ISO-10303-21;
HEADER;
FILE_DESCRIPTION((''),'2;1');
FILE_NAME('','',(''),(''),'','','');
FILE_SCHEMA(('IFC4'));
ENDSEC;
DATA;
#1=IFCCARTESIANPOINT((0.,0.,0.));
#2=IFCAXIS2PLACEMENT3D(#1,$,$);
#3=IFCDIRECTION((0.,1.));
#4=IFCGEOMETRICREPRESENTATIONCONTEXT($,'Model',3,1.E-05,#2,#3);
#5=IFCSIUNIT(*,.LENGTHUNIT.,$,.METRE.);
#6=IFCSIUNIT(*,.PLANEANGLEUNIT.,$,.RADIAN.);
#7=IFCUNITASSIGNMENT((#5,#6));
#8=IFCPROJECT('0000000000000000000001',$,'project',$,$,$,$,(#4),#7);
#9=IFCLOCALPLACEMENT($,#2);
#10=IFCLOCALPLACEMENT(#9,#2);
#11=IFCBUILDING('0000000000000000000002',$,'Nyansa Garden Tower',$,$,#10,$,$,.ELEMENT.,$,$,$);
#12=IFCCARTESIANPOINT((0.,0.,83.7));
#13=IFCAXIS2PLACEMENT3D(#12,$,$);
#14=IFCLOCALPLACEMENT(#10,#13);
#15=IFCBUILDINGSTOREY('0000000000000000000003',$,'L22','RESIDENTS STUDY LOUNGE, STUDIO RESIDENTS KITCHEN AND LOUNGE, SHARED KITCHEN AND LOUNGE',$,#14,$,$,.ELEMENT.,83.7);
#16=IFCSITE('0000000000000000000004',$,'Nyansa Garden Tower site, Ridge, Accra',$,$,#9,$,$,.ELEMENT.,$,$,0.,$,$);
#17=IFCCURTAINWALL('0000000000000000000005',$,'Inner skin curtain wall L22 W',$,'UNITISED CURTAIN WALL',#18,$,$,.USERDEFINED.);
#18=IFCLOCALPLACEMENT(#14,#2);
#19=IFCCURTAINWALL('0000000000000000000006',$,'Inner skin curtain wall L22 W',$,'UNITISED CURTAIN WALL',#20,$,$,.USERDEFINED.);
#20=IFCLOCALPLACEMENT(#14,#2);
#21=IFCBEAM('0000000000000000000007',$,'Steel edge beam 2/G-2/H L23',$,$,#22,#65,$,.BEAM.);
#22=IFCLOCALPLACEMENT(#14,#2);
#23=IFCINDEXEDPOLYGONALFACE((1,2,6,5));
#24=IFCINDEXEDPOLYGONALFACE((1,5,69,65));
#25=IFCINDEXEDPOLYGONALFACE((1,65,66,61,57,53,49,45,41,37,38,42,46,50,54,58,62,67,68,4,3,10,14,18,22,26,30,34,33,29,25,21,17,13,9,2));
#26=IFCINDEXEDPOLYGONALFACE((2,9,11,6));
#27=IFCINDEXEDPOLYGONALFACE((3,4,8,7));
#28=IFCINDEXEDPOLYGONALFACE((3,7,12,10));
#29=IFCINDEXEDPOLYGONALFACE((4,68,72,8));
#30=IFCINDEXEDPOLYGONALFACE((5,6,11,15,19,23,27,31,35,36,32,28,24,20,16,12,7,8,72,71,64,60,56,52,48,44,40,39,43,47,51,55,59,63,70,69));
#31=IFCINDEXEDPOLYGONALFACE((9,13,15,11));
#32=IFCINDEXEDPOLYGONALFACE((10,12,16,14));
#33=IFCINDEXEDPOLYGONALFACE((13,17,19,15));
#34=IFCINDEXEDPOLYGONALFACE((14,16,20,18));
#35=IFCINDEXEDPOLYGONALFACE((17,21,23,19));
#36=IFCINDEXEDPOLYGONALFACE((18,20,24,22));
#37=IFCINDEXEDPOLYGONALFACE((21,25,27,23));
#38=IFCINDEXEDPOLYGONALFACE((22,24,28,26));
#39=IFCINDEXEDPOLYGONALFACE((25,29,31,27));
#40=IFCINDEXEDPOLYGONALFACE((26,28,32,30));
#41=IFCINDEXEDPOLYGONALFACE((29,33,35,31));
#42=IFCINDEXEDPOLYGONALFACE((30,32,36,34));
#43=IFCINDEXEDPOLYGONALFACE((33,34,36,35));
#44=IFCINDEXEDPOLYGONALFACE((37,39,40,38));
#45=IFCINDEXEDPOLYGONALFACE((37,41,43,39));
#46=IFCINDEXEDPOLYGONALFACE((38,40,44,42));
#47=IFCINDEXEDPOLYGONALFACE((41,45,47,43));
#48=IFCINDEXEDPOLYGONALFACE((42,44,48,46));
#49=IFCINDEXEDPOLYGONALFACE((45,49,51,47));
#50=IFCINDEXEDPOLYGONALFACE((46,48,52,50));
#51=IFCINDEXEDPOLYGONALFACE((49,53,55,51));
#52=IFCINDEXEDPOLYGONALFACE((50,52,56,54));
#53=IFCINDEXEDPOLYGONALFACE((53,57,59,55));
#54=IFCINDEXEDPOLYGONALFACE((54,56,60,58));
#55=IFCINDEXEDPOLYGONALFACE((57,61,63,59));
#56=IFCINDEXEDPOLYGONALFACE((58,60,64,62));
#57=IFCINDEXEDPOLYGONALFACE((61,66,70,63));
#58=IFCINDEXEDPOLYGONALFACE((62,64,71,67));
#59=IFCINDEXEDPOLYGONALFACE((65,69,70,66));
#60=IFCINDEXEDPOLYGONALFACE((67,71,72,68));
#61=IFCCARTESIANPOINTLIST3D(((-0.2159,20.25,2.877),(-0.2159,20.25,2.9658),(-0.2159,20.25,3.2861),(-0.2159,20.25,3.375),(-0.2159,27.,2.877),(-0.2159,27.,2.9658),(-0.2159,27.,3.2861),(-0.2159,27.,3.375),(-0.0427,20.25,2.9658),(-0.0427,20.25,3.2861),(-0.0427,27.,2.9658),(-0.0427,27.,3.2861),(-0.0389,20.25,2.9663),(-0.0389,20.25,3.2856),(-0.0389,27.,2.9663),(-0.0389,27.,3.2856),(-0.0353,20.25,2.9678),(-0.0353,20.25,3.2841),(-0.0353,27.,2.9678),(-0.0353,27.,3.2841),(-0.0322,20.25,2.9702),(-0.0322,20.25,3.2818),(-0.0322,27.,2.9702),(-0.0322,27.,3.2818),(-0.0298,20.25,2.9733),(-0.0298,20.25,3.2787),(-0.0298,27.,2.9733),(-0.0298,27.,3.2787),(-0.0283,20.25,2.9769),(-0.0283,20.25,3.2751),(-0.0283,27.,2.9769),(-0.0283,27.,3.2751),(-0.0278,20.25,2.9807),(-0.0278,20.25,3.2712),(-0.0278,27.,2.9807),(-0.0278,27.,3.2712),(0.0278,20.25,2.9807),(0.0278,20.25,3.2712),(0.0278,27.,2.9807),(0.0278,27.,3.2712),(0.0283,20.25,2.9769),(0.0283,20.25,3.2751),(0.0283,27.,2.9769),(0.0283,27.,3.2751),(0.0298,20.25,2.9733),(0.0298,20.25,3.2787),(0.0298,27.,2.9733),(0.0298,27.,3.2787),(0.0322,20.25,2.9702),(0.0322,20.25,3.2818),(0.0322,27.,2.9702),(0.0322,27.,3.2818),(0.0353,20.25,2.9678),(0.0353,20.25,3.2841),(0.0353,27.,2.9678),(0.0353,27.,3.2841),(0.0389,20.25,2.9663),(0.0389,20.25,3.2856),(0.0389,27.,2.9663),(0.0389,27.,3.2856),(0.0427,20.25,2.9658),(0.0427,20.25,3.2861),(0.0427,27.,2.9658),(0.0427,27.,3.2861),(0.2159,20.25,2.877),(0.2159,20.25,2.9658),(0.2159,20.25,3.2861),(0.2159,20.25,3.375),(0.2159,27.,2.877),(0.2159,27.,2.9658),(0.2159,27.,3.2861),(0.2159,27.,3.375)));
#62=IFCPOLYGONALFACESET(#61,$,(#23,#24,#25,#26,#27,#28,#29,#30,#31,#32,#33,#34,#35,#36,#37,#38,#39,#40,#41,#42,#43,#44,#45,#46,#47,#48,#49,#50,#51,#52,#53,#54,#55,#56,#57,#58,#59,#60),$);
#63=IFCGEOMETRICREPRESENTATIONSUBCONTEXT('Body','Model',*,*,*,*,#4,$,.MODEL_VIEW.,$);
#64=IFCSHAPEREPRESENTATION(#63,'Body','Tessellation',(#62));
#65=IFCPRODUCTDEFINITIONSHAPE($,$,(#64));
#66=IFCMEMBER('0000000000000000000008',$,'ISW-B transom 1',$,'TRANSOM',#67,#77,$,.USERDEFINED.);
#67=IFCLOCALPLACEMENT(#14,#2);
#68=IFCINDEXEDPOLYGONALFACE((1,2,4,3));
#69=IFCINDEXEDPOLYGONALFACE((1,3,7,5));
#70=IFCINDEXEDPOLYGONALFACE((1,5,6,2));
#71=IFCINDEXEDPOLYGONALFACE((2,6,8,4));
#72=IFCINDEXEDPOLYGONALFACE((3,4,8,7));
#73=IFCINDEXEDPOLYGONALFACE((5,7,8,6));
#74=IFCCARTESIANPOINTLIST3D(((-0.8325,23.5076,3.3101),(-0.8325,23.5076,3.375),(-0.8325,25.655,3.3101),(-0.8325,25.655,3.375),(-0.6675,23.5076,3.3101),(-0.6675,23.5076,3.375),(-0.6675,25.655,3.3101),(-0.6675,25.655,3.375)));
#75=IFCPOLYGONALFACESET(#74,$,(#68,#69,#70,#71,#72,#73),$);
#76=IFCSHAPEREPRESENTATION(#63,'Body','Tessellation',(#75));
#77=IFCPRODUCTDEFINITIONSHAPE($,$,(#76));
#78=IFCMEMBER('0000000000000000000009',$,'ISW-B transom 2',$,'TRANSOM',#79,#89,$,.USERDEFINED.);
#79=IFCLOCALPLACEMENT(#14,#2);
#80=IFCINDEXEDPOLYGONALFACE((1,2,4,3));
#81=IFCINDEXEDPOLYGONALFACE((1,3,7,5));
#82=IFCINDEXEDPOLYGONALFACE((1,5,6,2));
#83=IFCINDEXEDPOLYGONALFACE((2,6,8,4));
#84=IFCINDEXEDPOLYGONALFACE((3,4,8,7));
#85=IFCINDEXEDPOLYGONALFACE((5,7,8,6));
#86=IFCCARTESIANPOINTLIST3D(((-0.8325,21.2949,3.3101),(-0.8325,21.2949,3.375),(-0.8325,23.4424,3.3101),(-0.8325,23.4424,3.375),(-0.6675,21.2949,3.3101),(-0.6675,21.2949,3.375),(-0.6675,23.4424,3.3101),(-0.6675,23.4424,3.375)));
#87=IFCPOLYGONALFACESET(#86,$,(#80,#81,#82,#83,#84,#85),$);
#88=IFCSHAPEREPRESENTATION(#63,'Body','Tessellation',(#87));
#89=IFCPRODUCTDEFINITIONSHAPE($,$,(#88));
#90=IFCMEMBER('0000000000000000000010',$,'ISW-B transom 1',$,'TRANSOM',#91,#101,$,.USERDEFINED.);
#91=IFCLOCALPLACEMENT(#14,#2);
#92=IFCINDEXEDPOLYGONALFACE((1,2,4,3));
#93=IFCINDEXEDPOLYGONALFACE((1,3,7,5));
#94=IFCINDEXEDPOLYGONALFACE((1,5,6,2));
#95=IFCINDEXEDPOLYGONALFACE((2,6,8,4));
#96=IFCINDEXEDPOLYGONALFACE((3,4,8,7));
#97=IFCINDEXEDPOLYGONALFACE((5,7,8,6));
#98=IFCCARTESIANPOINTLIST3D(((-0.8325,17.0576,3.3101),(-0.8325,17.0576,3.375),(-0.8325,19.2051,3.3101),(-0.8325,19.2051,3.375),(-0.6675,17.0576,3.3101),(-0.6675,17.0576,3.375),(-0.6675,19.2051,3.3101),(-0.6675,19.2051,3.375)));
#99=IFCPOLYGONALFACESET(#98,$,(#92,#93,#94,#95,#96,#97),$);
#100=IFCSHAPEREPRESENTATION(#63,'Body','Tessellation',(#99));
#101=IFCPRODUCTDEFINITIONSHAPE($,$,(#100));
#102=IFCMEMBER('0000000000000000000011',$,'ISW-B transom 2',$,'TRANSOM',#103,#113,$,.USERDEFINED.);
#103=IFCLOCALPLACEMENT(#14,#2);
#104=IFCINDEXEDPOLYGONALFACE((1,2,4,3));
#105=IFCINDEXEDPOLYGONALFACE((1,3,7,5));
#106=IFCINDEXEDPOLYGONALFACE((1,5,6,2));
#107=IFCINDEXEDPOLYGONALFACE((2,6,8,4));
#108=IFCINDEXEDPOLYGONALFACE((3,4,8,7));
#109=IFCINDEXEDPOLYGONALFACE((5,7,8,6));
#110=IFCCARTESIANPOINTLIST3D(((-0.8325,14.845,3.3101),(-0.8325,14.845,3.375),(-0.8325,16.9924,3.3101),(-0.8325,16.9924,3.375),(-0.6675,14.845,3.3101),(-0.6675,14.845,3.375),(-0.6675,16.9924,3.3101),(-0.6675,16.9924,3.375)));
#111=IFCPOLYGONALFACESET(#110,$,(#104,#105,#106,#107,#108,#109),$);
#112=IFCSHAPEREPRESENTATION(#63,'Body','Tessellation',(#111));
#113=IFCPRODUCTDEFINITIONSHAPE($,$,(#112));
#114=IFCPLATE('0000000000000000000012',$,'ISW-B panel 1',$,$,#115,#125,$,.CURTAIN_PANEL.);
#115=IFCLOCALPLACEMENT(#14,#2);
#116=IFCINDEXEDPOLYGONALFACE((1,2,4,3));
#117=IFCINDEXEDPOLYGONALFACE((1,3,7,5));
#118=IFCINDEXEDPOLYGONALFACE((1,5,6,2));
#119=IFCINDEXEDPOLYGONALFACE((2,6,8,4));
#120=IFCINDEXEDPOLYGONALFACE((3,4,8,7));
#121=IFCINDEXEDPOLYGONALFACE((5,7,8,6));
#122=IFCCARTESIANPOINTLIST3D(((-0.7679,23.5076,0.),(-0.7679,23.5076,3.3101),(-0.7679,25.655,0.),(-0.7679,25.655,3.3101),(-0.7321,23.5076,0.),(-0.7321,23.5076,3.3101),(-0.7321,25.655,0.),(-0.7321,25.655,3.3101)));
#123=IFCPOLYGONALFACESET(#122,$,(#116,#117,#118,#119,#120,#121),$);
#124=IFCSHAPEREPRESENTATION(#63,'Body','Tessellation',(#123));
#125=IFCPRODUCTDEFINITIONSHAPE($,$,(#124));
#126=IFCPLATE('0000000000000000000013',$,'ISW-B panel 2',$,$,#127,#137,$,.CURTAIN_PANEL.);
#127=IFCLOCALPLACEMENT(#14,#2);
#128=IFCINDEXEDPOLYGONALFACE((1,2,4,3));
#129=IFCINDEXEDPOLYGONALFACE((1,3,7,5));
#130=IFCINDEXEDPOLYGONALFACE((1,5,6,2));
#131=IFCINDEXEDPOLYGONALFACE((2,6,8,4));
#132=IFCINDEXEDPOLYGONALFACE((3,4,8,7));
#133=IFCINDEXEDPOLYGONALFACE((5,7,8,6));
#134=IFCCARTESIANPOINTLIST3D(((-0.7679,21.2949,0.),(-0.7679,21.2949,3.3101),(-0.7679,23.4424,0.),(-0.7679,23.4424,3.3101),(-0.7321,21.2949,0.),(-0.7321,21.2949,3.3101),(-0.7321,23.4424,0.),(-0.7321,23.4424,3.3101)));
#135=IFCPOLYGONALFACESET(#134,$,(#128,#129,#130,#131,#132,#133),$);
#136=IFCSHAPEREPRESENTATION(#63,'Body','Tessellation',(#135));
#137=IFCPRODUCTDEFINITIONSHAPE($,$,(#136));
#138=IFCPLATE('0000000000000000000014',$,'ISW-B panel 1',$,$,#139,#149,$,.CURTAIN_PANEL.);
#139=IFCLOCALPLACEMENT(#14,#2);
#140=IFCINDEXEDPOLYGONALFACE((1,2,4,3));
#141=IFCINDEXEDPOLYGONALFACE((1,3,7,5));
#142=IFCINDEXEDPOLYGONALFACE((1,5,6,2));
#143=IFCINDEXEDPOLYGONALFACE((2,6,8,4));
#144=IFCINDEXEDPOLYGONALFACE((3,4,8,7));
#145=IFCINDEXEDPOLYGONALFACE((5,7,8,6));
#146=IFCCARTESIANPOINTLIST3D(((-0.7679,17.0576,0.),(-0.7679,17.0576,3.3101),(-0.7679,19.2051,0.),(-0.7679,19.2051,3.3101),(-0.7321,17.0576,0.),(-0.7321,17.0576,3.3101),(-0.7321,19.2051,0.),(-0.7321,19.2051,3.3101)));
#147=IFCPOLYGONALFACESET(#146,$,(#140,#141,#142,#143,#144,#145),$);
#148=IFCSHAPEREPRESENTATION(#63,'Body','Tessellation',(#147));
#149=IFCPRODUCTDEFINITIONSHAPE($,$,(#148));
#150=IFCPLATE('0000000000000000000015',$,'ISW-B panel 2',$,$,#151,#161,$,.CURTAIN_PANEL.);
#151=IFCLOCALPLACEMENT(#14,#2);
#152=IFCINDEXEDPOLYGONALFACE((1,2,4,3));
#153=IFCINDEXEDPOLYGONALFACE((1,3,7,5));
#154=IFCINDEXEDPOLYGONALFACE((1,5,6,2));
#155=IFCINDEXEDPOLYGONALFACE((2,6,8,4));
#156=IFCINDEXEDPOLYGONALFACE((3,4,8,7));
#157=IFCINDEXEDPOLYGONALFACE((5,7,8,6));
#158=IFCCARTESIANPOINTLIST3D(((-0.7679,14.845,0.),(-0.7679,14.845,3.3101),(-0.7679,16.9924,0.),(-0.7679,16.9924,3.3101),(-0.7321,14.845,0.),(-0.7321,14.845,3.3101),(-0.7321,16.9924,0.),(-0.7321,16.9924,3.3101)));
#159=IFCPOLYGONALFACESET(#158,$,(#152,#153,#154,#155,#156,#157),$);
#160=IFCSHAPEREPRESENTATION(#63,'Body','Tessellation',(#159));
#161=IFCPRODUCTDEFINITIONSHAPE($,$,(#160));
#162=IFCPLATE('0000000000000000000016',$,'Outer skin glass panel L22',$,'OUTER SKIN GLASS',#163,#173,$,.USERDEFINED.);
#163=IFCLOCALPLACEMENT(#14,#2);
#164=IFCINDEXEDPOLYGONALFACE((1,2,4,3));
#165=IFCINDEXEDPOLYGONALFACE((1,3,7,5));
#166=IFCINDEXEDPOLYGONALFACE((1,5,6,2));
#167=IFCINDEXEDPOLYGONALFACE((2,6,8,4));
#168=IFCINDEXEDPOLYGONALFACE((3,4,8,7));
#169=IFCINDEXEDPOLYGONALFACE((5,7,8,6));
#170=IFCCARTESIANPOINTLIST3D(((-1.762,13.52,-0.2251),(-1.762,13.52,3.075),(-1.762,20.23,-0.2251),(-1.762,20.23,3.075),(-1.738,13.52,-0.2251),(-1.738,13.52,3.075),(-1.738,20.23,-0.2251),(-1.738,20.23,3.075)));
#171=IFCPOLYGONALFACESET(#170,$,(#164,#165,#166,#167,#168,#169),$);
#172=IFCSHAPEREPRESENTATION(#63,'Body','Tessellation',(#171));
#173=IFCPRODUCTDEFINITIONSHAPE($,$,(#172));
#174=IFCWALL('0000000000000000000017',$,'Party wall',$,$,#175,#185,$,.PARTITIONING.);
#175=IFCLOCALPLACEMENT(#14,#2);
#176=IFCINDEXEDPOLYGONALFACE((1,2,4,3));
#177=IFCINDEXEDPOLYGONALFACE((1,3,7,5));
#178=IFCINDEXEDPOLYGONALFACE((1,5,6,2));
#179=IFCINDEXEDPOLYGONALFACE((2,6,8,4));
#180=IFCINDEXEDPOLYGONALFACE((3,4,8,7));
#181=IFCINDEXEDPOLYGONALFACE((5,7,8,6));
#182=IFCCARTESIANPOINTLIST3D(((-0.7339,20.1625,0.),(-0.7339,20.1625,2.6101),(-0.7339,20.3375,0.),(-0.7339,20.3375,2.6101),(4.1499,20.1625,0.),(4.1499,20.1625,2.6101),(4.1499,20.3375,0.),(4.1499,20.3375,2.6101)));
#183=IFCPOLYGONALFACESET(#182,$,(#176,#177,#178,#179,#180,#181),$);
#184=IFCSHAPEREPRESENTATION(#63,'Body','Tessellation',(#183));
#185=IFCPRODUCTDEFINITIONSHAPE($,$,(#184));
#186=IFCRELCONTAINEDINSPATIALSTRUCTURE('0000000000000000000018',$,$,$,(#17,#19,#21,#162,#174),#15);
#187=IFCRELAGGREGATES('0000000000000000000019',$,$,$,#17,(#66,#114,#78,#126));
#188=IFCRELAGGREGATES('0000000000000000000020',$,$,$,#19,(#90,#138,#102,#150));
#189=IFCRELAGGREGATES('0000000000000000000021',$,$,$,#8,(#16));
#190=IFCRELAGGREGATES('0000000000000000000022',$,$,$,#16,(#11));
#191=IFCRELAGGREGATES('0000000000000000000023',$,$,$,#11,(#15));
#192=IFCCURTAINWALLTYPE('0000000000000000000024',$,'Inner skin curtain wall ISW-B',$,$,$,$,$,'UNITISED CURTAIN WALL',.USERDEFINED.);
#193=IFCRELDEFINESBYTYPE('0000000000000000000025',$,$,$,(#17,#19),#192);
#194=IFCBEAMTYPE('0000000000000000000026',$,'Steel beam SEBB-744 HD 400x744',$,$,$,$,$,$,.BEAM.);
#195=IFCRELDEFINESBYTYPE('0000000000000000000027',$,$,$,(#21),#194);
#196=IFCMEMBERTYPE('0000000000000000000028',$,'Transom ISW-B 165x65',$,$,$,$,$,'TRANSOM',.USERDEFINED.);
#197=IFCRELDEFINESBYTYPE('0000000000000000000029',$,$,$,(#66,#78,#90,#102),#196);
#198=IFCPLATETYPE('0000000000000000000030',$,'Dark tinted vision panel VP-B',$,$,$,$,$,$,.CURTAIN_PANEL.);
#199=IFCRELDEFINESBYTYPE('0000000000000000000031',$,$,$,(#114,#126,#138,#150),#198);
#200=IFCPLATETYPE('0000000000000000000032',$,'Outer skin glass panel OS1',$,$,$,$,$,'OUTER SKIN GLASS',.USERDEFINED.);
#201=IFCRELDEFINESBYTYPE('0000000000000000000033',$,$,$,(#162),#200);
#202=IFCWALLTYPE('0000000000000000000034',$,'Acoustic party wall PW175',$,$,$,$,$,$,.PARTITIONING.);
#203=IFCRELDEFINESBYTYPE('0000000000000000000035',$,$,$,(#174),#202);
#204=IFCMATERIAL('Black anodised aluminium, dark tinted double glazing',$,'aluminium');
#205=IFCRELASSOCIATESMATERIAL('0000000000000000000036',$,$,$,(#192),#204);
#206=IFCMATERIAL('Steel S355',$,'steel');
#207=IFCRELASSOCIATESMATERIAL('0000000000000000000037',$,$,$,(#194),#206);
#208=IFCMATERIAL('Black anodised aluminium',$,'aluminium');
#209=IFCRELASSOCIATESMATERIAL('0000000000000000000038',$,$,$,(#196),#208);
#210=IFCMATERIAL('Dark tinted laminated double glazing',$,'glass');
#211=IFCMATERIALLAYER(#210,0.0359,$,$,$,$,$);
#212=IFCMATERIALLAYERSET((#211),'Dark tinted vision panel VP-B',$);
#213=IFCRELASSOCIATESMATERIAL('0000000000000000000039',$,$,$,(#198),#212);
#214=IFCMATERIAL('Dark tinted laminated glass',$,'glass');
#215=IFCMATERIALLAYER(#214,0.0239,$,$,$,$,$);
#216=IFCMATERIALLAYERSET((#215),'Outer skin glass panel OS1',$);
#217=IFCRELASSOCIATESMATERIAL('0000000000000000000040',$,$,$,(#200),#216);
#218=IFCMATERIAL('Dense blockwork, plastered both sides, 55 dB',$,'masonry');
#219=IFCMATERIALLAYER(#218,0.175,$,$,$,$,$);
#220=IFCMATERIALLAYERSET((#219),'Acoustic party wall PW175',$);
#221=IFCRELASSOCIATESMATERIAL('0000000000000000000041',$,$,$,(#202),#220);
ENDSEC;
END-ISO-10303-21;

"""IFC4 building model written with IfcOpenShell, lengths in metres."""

from ifc_helpers import new_model, si_unit, direction, frame, frame_2d, origin, origin_2d, place, context, subcontext, project, spatial, rectangle, i_section, extrude, material, layer, layer_set, material_profile, profile_set, type_object, element, aggregate, save


model = new_model("IFC4")

# Units and contexts
model_context = context("Model", 3, precision=1e-05, world=origin(), true_north=direction((0.0, 1.0)))
body_context = subcontext(model_context, "Body", "Model", "MODEL_VIEW")
ifc_project = project(units=[si_unit("LENGTHUNIT", "METRE"), si_unit("PLANEANGLEUNIT", "RADIAN")], contexts=[model_context])

# Site, building, storey
site_placement = place(None, origin())
site = spatial("IfcSite", under=ifc_project, at=site_placement, Name="Nyansa Garden Tower site, Ridge, Accra", CompositionType="ELEMENT", RefElevation=0.0)
building_placement = place(site_placement, origin())
building = spatial("IfcBuilding", under=site, at=building_placement, Name="Nyansa Garden Tower", CompositionType="ELEMENT")
storey_placement = place(building_placement, frame((0.0, 0.0, 83.7)))
storey = spatial("IfcBuildingStorey", under=building, at=storey_placement, Name="L22", Description="RESIDENTS STUDY LOUNGE, STUDIO RESIDENTS KITCHEN AND LOUNGE, SHARED KITCHEN AND LOUNGE", CompositionType="ELEMENT", Elevation=83.7)

# Curtain walls
ifc_material_1 = material(Name="Black anodised aluminium, dark tinted double glazing", Category="aluminium")
curtain_wall_type = type_object("IfcCurtainWallType", Name="Inner skin curtain wall ISW-B", ElementType="UNITISED CURTAIN WALL", PredefinedType="USERDEFINED", material=ifc_material_1)
curtain_wall_1_placement = place(storey_placement, origin())
curtain_wall_1 = element("IfcCurtainWall", 1, at=curtain_wall_1_placement, inside=storey, type_object=curtain_wall_type, Name="Inner skin curtain wall L22 W", ObjectType="UNITISED CURTAIN WALL", PredefinedType="USERDEFINED")
curtain_wall_2_placement = place(storey_placement, origin())
curtain_wall_2 = element("IfcCurtainWall", 2, at=curtain_wall_2_placement, inside=storey, type_object=curtain_wall_type, Name="Inner skin curtain wall L22 W", ObjectType="UNITISED CURTAIN WALL", PredefinedType="USERDEFINED")

# Beam
ifc_material_2 = material(Name="Steel S355", Category="steel")
ifc_material_profile_1 = material_profile(ifc_material_2, i_section(OverallWidth=0.4319, OverallDepth=0.498, WebThickness=0.0557, FlangeThickness=0.0889, FilletRadius=0.0149, at=origin_2d()), Name="HD 400x744")
ifc_profile_set_1 = profile_set([ifc_material_profile_1], Name="Steel S355")
beam_type_1 = type_object("IfcBeamType", Name="Steel beam SEBB-744 HD 400x744", PredefinedType="BEAM", material=ifc_profile_set_1)
beam_1_placement = place(storey_placement, frame((0.0, 20.25, 3.126), z_axis=(0.0, 1.0, 0.0), x_axis=(-1.0, 0.0, 0.0)))
element("IfcBeam", 3, at=beam_1_placement, inside=storey, type_object=beam_type_1, Name="Steel edge beam 2/G-2/H L23", PredefinedType="BEAM", context=body_context, shape_type="SweptSolid", body=[
    extrude(i_section(OverallWidth=0.4319, OverallDepth=0.498, WebThickness=0.0557, FlangeThickness=0.0889, FilletRadius=0.0149, at=origin_2d()), origin(), (0.0, 0.0, 1.0), 6.75),
])

# Members
ifc_material_3 = material(Name="Black anodised aluminium", Category="aluminium")
ifc_material_profile_2 = material_profile(ifc_material_3, rectangle(XDim=0.165, YDim=0.0649, at=origin_2d()), Name="Transom 165x65")
ifc_profile_set_2 = profile_set([ifc_material_profile_2], Name="Black anodised aluminium")
member_type_1 = type_object("IfcMemberType", Name="Transom ISW-B 165x65", ElementType="TRANSOM", PredefinedType="USERDEFINED", material=ifc_profile_set_2)
member_1_placement = place(storey_placement, frame((-0.75, 25.655, 3.3425), z_axis=(0.0, -1.0, 0.0), x_axis=(1.0, 0.0, 0.0)))
member_1 = element("IfcMember", 4, at=member_1_placement, type_object=member_type_1, Name="ISW-B transom 1", ObjectType="TRANSOM", PredefinedType="USERDEFINED", context=body_context, shape_type="SweptSolid", body=[
    extrude(rectangle(XDim=0.165, YDim=0.0649, at=origin_2d()), origin(), (0.0, 0.0, 1.0), 2.1475),
])
member_2_placement = place(storey_placement, frame((-0.75, 23.4424, 3.3425), z_axis=(0.0, -1.0, 0.0), x_axis=(1.0, 0.0, 0.0)))
member_2 = element("IfcMember", 5, at=member_2_placement, type_object=member_type_1, Name="ISW-B transom 2", ObjectType="TRANSOM", PredefinedType="USERDEFINED", context=body_context, shape_type="SweptSolid", body=[
    extrude(rectangle(XDim=0.165, YDim=0.0649, at=origin_2d()), origin(), (0.0, 0.0, 1.0), 2.1475),
])
member_3_placement = place(storey_placement, frame((-0.75, 19.2051, 3.3425), z_axis=(0.0, -1.0, 0.0), x_axis=(1.0, 0.0, 0.0)))
member_3 = element("IfcMember", 6, at=member_3_placement, type_object=member_type_1, Name="ISW-B transom 1", ObjectType="TRANSOM", PredefinedType="USERDEFINED", context=body_context, shape_type="SweptSolid", body=[
    extrude(rectangle(XDim=0.165, YDim=0.0649, at=origin_2d()), origin(), (0.0, 0.0, 1.0), 2.1475),
])
member_4_placement = place(storey_placement, frame((-0.75, 16.9924, 3.3425), z_axis=(0.0, -1.0, 0.0), x_axis=(1.0, 0.0, 0.0)))
member_4 = element("IfcMember", 7, at=member_4_placement, type_object=member_type_1, Name="ISW-B transom 2", ObjectType="TRANSOM", PredefinedType="USERDEFINED", context=body_context, shape_type="SweptSolid", body=[
    extrude(rectangle(XDim=0.165, YDim=0.0649, at=origin_2d()), origin(), (0.0, 0.0, 1.0), 2.1475),
])

# Plates
ifc_material_4 = material(Name="Dark tinted laminated double glazing", Category="glass")
ifc_layer_1 = layer(ifc_material_4, 0.0359)
ifc_layer_set_1 = layer_set([ifc_layer_1], Name="Dark tinted vision panel VP-B")
plate_type_1 = type_object("IfcPlateType", Name="Dark tinted vision panel VP-B", PredefinedType="CURTAIN_PANEL", material=ifc_layer_set_1)
plate_1_placement = place(storey_placement, frame((-0.75, 24.5813, 0.0), z_axis=(0.0, 0.0, 1.0), x_axis=(0.0, -1.0, 0.0)))
plate_1 = element("IfcPlate", 8, at=plate_1_placement, type_object=plate_type_1, Name="ISW-B panel 1", PredefinedType="CURTAIN_PANEL", context=body_context, shape_type="SweptSolid", body=[
    extrude(rectangle(XDim=2.1475, YDim=0.0359, at=origin_2d()), origin(), (0.0, 0.0, 1.0), 3.3101),
])
plate_2_placement = place(storey_placement, frame((-0.75, 22.3687, 0.0), z_axis=(0.0, 0.0, 1.0), x_axis=(0.0, -1.0, 0.0)))
plate_2 = element("IfcPlate", 9, at=plate_2_placement, type_object=plate_type_1, Name="ISW-B panel 2", PredefinedType="CURTAIN_PANEL", context=body_context, shape_type="SweptSolid", body=[
    extrude(rectangle(XDim=2.1475, YDim=0.0359, at=origin_2d()), origin(), (0.0, 0.0, 1.0), 3.3101),
])
aggregate(curtain_wall_1, [member_1, plate_1, member_2, plate_2])
plate_3_placement = place(storey_placement, frame((-0.75, 18.1313, 0.0), z_axis=(0.0, 0.0, 1.0), x_axis=(0.0, -1.0, 0.0)))
plate_3 = element("IfcPlate", 10, at=plate_3_placement, type_object=plate_type_1, Name="ISW-B panel 1", PredefinedType="CURTAIN_PANEL", context=body_context, shape_type="SweptSolid", body=[
    extrude(rectangle(XDim=2.1475, YDim=0.0359, at=origin_2d()), origin(), (0.0, 0.0, 1.0), 3.3101),
])
plate_4_placement = place(storey_placement, frame((-0.75, 15.9187, 0.0), z_axis=(0.0, 0.0, 1.0), x_axis=(0.0, -1.0, 0.0)))
plate_4 = element("IfcPlate", 11, at=plate_4_placement, type_object=plate_type_1, Name="ISW-B panel 2", PredefinedType="CURTAIN_PANEL", context=body_context, shape_type="SweptSolid", body=[
    extrude(rectangle(XDim=2.1475, YDim=0.0359, at=origin_2d()), origin(), (0.0, 0.0, 1.0), 3.3101),
])
aggregate(curtain_wall_2, [member_3, plate_3, member_4, plate_4])
ifc_material_5 = material(Name="Dark tinted laminated glass", Category="glass")
ifc_layer_2 = layer(ifc_material_5, 0.0239)
ifc_layer_set_2 = layer_set([ifc_layer_2], Name="Outer skin glass panel OS1")
plate_type_2 = type_object("IfcPlateType", Name="Outer skin glass panel OS1", ElementType="OUTER SKIN GLASS", PredefinedType="USERDEFINED", material=ifc_layer_set_2)
plate_5_placement = place(storey_placement, frame((-1.75, 16.875, -0.2251), z_axis=(0.0, 0.0, 1.0), x_axis=(0.0, 1.0, 0.0)))
element("IfcPlate", 12, at=plate_5_placement, inside=storey, type_object=plate_type_2, Name="Outer skin glass panel L22", ObjectType="OUTER SKIN GLASS", PredefinedType="USERDEFINED", context=body_context, shape_type="SweptSolid", body=[
    extrude(rectangle(XDim=6.71, YDim=0.0239, at=origin_2d()), origin(), (0.0, 0.0, 1.0), 3.3),
])

# Wall
ifc_material_6 = material(Name="Dense blockwork, plastered both sides, 55 dB", Category="masonry")
ifc_layer_3 = layer(ifc_material_6, 0.175)
ifc_layer_set_3 = layer_set([ifc_layer_3], Name="Acoustic party wall PW175")
wall_type_1 = type_object("IfcWallType", Name="Acoustic party wall PW175", PredefinedType="PARTITIONING", material=ifc_layer_set_3)
wall_1_placement = place(storey_placement, frame((-0.7339, 20.25, 0.0), z_axis=(0.0, 0.0, 1.0), x_axis=(1.0, 0.0, 0.0)))
element("IfcWall", 13, at=wall_1_placement, inside=storey, type_object=wall_type_1, Name="Party wall", PredefinedType="PARTITIONING", context=body_context, shape_type="SweptSolid", body=[
    extrude(rectangle(XDim=4.8838, YDim=0.175, at=frame_2d((2.4419, 0.0))), origin(), (0.0, 0.0, 1.0), 2.6101),
])

save(model, "model.ifc")
